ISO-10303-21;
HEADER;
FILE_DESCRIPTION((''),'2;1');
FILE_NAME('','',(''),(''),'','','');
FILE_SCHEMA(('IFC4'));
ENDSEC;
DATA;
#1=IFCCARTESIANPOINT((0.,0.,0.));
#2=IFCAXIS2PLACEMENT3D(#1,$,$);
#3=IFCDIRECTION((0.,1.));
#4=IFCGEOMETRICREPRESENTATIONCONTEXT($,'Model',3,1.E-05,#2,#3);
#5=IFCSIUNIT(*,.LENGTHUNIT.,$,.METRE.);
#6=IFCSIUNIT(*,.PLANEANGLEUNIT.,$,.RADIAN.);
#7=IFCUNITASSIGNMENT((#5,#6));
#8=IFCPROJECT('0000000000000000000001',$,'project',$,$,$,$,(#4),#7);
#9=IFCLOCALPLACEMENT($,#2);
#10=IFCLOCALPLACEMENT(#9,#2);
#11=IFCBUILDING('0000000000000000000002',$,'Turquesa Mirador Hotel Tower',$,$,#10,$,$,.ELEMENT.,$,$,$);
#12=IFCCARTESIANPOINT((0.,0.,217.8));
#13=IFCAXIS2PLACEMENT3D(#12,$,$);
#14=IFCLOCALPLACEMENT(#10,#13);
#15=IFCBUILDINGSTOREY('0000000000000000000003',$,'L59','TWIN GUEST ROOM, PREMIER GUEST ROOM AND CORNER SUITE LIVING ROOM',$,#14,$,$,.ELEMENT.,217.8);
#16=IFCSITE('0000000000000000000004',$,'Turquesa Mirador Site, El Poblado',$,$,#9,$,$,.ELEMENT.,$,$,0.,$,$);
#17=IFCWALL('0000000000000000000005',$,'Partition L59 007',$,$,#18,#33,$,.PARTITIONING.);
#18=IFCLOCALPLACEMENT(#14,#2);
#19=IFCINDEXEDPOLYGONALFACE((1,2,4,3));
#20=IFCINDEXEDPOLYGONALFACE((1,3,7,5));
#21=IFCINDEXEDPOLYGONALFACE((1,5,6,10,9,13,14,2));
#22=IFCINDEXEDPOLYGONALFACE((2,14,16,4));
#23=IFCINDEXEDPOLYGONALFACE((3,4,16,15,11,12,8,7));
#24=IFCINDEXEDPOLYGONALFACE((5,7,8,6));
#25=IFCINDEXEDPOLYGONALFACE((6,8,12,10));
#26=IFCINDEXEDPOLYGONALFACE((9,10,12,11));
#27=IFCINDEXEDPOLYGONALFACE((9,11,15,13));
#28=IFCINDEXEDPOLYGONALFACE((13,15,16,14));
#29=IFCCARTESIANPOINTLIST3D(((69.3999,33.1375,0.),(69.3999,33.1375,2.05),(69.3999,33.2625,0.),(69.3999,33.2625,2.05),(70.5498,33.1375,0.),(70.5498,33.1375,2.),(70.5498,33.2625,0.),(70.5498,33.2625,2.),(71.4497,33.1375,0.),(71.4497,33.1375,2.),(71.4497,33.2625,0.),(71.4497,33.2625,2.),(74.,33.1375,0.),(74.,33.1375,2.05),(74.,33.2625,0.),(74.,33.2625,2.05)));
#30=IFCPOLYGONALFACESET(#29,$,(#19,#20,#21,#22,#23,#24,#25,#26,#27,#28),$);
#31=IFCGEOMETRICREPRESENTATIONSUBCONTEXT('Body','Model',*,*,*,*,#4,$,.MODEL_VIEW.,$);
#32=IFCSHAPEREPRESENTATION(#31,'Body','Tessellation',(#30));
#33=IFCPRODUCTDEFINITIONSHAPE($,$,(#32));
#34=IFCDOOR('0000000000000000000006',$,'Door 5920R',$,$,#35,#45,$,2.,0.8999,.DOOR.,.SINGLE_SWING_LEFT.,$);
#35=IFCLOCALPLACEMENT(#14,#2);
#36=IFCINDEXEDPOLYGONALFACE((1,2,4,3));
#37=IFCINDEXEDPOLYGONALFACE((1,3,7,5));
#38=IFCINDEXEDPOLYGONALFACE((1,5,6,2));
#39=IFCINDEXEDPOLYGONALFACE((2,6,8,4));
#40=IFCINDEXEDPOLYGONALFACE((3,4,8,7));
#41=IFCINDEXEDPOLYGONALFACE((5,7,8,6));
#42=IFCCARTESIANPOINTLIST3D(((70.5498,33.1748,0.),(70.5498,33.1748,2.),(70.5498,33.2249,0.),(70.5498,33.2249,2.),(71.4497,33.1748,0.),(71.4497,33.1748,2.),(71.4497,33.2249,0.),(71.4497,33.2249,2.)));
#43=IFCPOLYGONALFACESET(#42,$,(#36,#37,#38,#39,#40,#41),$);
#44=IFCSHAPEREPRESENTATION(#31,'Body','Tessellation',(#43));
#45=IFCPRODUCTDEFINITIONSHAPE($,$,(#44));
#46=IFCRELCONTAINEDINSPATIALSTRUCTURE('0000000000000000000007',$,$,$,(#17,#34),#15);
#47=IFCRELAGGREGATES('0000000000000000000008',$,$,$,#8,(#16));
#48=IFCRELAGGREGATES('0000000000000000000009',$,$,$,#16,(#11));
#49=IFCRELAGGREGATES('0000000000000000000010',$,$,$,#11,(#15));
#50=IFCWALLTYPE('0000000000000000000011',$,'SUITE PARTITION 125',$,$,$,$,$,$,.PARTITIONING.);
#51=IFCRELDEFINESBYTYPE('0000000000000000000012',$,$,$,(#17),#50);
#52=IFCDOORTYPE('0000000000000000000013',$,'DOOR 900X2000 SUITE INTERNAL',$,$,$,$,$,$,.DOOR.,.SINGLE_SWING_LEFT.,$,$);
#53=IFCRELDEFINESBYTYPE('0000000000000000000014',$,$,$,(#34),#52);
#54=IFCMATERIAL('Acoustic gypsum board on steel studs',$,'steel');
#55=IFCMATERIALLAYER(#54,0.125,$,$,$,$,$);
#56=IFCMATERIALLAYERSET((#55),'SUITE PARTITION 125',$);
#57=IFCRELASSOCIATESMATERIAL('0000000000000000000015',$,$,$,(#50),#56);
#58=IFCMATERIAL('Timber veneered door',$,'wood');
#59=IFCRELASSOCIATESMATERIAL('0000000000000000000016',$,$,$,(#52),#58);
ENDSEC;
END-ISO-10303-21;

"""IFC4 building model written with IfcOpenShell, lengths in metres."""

from ifc_helpers import new_model, si_unit, direction, frame, frame_2d, origin, place, context, subcontext, project, spatial, rectangle, extrude, material, layer, layer_set, type_object, element, fill, save


model = new_model("IFC4")

# Units and contexts
model_context = context("Model", 3, precision=1e-05, world=origin(), true_north=direction((0.0, 1.0)))
body_context = subcontext(model_context, "Body", "Model", "MODEL_VIEW")
ifc_project = project(units=[si_unit("LENGTHUNIT", "METRE"), si_unit("PLANEANGLEUNIT", "RADIAN")], contexts=[model_context])

# Site, building, storey
site_placement = place(None, origin())
site = spatial("IfcSite", under=ifc_project, at=site_placement, Name="Turquesa Mirador Site, El Poblado", CompositionType="ELEMENT", RefElevation=0.0)
building_placement = place(site_placement, origin())
building = spatial("IfcBuilding", under=site, at=building_placement, Name="Turquesa Mirador Hotel Tower", CompositionType="ELEMENT")
storey_placement = place(building_placement, frame((0.0, 0.0, 217.8)))
storey = spatial("IfcBuildingStorey", under=building, at=storey_placement, Name="L59", Description="TWIN GUEST ROOM, PREMIER GUEST ROOM AND CORNER SUITE LIVING ROOM", CompositionType="ELEMENT", Elevation=217.8)

# Wall, opening, door
ifc_material_1 = material(Name="Acoustic gypsum board on steel studs", Category="steel")
ifc_layer_1 = layer(ifc_material_1, 0.125)
ifc_layer_set_1 = layer_set([ifc_layer_1], Name="SUITE PARTITION 125")
wall_type_1 = type_object("IfcWallType", Name="SUITE PARTITION 125", PredefinedType="PARTITIONING", material=ifc_layer_set_1)
wall_1_placement = place(storey_placement, frame((69.3999, 33.2, 0.0), z_axis=(0.0, 0.0, 1.0), x_axis=(1.0, 0.0, 0.0)))
wall_1 = element("IfcWall", 1, at=wall_1_placement, inside=storey, type_object=wall_type_1, Name="Partition L59 007", PredefinedType="PARTITIONING", context=body_context, shape_type="SweptSolid", body=[
    extrude(rectangle(XDim=4.6001, YDim=0.125, at=frame_2d((2.3, 0.0))), origin(), (0.0, 0.0, 1.0), 2.05),
])
opening_1_placement = place(wall_1_placement, frame((1.1499, 0.0, 0.0)))
opening_1 = element("IfcOpeningElement", 2, at=opening_1_placement, cuts=wall_1, PredefinedType="OPENING", context=body_context, shape_type="SweptSolid", body=[
    extrude(rectangle(XDim=0.8999, YDim=2.0, at=frame_2d((0.45, 1.0))), frame((0.0, 0.0725, 0.0), z_axis=(0.0, -1.0, 0.0), x_axis=(1.0, 0.0, 0.0)), (0.0, 0.0, 1.0), 0.145),
])
ifc_material_2 = material(Name="Timber veneered door", Category="wood")
door_type_1 = type_object("IfcDoorType", Name="DOOR 900X2000 SUITE INTERNAL", OperationType="SINGLE_SWING_LEFT", PredefinedType="DOOR", material=ifc_material_2)
door_1_placement = place(opening_1_placement, origin())
door_1 = element("IfcDoor", 3, at=door_1_placement, inside=storey, type_object=door_type_1, Name="Door 5920R", OperationType="SINGLE_SWING_LEFT", OverallHeight=2.0, OverallWidth=0.8999, PredefinedType="DOOR", context=body_context, shape_type="SweptSolid", body=[
    extrude(rectangle(XDim=0.8999, YDim=2.0, at=frame_2d((0.45, 1.0))), frame((0.0, 0.0249, 0.0), z_axis=(0.0, -1.0, 0.0), x_axis=(1.0, 0.0, 0.0)), (0.0, 0.0, 1.0), 0.05),
])
fill(opening_1, door_1)

save(model, "model.ifc")
